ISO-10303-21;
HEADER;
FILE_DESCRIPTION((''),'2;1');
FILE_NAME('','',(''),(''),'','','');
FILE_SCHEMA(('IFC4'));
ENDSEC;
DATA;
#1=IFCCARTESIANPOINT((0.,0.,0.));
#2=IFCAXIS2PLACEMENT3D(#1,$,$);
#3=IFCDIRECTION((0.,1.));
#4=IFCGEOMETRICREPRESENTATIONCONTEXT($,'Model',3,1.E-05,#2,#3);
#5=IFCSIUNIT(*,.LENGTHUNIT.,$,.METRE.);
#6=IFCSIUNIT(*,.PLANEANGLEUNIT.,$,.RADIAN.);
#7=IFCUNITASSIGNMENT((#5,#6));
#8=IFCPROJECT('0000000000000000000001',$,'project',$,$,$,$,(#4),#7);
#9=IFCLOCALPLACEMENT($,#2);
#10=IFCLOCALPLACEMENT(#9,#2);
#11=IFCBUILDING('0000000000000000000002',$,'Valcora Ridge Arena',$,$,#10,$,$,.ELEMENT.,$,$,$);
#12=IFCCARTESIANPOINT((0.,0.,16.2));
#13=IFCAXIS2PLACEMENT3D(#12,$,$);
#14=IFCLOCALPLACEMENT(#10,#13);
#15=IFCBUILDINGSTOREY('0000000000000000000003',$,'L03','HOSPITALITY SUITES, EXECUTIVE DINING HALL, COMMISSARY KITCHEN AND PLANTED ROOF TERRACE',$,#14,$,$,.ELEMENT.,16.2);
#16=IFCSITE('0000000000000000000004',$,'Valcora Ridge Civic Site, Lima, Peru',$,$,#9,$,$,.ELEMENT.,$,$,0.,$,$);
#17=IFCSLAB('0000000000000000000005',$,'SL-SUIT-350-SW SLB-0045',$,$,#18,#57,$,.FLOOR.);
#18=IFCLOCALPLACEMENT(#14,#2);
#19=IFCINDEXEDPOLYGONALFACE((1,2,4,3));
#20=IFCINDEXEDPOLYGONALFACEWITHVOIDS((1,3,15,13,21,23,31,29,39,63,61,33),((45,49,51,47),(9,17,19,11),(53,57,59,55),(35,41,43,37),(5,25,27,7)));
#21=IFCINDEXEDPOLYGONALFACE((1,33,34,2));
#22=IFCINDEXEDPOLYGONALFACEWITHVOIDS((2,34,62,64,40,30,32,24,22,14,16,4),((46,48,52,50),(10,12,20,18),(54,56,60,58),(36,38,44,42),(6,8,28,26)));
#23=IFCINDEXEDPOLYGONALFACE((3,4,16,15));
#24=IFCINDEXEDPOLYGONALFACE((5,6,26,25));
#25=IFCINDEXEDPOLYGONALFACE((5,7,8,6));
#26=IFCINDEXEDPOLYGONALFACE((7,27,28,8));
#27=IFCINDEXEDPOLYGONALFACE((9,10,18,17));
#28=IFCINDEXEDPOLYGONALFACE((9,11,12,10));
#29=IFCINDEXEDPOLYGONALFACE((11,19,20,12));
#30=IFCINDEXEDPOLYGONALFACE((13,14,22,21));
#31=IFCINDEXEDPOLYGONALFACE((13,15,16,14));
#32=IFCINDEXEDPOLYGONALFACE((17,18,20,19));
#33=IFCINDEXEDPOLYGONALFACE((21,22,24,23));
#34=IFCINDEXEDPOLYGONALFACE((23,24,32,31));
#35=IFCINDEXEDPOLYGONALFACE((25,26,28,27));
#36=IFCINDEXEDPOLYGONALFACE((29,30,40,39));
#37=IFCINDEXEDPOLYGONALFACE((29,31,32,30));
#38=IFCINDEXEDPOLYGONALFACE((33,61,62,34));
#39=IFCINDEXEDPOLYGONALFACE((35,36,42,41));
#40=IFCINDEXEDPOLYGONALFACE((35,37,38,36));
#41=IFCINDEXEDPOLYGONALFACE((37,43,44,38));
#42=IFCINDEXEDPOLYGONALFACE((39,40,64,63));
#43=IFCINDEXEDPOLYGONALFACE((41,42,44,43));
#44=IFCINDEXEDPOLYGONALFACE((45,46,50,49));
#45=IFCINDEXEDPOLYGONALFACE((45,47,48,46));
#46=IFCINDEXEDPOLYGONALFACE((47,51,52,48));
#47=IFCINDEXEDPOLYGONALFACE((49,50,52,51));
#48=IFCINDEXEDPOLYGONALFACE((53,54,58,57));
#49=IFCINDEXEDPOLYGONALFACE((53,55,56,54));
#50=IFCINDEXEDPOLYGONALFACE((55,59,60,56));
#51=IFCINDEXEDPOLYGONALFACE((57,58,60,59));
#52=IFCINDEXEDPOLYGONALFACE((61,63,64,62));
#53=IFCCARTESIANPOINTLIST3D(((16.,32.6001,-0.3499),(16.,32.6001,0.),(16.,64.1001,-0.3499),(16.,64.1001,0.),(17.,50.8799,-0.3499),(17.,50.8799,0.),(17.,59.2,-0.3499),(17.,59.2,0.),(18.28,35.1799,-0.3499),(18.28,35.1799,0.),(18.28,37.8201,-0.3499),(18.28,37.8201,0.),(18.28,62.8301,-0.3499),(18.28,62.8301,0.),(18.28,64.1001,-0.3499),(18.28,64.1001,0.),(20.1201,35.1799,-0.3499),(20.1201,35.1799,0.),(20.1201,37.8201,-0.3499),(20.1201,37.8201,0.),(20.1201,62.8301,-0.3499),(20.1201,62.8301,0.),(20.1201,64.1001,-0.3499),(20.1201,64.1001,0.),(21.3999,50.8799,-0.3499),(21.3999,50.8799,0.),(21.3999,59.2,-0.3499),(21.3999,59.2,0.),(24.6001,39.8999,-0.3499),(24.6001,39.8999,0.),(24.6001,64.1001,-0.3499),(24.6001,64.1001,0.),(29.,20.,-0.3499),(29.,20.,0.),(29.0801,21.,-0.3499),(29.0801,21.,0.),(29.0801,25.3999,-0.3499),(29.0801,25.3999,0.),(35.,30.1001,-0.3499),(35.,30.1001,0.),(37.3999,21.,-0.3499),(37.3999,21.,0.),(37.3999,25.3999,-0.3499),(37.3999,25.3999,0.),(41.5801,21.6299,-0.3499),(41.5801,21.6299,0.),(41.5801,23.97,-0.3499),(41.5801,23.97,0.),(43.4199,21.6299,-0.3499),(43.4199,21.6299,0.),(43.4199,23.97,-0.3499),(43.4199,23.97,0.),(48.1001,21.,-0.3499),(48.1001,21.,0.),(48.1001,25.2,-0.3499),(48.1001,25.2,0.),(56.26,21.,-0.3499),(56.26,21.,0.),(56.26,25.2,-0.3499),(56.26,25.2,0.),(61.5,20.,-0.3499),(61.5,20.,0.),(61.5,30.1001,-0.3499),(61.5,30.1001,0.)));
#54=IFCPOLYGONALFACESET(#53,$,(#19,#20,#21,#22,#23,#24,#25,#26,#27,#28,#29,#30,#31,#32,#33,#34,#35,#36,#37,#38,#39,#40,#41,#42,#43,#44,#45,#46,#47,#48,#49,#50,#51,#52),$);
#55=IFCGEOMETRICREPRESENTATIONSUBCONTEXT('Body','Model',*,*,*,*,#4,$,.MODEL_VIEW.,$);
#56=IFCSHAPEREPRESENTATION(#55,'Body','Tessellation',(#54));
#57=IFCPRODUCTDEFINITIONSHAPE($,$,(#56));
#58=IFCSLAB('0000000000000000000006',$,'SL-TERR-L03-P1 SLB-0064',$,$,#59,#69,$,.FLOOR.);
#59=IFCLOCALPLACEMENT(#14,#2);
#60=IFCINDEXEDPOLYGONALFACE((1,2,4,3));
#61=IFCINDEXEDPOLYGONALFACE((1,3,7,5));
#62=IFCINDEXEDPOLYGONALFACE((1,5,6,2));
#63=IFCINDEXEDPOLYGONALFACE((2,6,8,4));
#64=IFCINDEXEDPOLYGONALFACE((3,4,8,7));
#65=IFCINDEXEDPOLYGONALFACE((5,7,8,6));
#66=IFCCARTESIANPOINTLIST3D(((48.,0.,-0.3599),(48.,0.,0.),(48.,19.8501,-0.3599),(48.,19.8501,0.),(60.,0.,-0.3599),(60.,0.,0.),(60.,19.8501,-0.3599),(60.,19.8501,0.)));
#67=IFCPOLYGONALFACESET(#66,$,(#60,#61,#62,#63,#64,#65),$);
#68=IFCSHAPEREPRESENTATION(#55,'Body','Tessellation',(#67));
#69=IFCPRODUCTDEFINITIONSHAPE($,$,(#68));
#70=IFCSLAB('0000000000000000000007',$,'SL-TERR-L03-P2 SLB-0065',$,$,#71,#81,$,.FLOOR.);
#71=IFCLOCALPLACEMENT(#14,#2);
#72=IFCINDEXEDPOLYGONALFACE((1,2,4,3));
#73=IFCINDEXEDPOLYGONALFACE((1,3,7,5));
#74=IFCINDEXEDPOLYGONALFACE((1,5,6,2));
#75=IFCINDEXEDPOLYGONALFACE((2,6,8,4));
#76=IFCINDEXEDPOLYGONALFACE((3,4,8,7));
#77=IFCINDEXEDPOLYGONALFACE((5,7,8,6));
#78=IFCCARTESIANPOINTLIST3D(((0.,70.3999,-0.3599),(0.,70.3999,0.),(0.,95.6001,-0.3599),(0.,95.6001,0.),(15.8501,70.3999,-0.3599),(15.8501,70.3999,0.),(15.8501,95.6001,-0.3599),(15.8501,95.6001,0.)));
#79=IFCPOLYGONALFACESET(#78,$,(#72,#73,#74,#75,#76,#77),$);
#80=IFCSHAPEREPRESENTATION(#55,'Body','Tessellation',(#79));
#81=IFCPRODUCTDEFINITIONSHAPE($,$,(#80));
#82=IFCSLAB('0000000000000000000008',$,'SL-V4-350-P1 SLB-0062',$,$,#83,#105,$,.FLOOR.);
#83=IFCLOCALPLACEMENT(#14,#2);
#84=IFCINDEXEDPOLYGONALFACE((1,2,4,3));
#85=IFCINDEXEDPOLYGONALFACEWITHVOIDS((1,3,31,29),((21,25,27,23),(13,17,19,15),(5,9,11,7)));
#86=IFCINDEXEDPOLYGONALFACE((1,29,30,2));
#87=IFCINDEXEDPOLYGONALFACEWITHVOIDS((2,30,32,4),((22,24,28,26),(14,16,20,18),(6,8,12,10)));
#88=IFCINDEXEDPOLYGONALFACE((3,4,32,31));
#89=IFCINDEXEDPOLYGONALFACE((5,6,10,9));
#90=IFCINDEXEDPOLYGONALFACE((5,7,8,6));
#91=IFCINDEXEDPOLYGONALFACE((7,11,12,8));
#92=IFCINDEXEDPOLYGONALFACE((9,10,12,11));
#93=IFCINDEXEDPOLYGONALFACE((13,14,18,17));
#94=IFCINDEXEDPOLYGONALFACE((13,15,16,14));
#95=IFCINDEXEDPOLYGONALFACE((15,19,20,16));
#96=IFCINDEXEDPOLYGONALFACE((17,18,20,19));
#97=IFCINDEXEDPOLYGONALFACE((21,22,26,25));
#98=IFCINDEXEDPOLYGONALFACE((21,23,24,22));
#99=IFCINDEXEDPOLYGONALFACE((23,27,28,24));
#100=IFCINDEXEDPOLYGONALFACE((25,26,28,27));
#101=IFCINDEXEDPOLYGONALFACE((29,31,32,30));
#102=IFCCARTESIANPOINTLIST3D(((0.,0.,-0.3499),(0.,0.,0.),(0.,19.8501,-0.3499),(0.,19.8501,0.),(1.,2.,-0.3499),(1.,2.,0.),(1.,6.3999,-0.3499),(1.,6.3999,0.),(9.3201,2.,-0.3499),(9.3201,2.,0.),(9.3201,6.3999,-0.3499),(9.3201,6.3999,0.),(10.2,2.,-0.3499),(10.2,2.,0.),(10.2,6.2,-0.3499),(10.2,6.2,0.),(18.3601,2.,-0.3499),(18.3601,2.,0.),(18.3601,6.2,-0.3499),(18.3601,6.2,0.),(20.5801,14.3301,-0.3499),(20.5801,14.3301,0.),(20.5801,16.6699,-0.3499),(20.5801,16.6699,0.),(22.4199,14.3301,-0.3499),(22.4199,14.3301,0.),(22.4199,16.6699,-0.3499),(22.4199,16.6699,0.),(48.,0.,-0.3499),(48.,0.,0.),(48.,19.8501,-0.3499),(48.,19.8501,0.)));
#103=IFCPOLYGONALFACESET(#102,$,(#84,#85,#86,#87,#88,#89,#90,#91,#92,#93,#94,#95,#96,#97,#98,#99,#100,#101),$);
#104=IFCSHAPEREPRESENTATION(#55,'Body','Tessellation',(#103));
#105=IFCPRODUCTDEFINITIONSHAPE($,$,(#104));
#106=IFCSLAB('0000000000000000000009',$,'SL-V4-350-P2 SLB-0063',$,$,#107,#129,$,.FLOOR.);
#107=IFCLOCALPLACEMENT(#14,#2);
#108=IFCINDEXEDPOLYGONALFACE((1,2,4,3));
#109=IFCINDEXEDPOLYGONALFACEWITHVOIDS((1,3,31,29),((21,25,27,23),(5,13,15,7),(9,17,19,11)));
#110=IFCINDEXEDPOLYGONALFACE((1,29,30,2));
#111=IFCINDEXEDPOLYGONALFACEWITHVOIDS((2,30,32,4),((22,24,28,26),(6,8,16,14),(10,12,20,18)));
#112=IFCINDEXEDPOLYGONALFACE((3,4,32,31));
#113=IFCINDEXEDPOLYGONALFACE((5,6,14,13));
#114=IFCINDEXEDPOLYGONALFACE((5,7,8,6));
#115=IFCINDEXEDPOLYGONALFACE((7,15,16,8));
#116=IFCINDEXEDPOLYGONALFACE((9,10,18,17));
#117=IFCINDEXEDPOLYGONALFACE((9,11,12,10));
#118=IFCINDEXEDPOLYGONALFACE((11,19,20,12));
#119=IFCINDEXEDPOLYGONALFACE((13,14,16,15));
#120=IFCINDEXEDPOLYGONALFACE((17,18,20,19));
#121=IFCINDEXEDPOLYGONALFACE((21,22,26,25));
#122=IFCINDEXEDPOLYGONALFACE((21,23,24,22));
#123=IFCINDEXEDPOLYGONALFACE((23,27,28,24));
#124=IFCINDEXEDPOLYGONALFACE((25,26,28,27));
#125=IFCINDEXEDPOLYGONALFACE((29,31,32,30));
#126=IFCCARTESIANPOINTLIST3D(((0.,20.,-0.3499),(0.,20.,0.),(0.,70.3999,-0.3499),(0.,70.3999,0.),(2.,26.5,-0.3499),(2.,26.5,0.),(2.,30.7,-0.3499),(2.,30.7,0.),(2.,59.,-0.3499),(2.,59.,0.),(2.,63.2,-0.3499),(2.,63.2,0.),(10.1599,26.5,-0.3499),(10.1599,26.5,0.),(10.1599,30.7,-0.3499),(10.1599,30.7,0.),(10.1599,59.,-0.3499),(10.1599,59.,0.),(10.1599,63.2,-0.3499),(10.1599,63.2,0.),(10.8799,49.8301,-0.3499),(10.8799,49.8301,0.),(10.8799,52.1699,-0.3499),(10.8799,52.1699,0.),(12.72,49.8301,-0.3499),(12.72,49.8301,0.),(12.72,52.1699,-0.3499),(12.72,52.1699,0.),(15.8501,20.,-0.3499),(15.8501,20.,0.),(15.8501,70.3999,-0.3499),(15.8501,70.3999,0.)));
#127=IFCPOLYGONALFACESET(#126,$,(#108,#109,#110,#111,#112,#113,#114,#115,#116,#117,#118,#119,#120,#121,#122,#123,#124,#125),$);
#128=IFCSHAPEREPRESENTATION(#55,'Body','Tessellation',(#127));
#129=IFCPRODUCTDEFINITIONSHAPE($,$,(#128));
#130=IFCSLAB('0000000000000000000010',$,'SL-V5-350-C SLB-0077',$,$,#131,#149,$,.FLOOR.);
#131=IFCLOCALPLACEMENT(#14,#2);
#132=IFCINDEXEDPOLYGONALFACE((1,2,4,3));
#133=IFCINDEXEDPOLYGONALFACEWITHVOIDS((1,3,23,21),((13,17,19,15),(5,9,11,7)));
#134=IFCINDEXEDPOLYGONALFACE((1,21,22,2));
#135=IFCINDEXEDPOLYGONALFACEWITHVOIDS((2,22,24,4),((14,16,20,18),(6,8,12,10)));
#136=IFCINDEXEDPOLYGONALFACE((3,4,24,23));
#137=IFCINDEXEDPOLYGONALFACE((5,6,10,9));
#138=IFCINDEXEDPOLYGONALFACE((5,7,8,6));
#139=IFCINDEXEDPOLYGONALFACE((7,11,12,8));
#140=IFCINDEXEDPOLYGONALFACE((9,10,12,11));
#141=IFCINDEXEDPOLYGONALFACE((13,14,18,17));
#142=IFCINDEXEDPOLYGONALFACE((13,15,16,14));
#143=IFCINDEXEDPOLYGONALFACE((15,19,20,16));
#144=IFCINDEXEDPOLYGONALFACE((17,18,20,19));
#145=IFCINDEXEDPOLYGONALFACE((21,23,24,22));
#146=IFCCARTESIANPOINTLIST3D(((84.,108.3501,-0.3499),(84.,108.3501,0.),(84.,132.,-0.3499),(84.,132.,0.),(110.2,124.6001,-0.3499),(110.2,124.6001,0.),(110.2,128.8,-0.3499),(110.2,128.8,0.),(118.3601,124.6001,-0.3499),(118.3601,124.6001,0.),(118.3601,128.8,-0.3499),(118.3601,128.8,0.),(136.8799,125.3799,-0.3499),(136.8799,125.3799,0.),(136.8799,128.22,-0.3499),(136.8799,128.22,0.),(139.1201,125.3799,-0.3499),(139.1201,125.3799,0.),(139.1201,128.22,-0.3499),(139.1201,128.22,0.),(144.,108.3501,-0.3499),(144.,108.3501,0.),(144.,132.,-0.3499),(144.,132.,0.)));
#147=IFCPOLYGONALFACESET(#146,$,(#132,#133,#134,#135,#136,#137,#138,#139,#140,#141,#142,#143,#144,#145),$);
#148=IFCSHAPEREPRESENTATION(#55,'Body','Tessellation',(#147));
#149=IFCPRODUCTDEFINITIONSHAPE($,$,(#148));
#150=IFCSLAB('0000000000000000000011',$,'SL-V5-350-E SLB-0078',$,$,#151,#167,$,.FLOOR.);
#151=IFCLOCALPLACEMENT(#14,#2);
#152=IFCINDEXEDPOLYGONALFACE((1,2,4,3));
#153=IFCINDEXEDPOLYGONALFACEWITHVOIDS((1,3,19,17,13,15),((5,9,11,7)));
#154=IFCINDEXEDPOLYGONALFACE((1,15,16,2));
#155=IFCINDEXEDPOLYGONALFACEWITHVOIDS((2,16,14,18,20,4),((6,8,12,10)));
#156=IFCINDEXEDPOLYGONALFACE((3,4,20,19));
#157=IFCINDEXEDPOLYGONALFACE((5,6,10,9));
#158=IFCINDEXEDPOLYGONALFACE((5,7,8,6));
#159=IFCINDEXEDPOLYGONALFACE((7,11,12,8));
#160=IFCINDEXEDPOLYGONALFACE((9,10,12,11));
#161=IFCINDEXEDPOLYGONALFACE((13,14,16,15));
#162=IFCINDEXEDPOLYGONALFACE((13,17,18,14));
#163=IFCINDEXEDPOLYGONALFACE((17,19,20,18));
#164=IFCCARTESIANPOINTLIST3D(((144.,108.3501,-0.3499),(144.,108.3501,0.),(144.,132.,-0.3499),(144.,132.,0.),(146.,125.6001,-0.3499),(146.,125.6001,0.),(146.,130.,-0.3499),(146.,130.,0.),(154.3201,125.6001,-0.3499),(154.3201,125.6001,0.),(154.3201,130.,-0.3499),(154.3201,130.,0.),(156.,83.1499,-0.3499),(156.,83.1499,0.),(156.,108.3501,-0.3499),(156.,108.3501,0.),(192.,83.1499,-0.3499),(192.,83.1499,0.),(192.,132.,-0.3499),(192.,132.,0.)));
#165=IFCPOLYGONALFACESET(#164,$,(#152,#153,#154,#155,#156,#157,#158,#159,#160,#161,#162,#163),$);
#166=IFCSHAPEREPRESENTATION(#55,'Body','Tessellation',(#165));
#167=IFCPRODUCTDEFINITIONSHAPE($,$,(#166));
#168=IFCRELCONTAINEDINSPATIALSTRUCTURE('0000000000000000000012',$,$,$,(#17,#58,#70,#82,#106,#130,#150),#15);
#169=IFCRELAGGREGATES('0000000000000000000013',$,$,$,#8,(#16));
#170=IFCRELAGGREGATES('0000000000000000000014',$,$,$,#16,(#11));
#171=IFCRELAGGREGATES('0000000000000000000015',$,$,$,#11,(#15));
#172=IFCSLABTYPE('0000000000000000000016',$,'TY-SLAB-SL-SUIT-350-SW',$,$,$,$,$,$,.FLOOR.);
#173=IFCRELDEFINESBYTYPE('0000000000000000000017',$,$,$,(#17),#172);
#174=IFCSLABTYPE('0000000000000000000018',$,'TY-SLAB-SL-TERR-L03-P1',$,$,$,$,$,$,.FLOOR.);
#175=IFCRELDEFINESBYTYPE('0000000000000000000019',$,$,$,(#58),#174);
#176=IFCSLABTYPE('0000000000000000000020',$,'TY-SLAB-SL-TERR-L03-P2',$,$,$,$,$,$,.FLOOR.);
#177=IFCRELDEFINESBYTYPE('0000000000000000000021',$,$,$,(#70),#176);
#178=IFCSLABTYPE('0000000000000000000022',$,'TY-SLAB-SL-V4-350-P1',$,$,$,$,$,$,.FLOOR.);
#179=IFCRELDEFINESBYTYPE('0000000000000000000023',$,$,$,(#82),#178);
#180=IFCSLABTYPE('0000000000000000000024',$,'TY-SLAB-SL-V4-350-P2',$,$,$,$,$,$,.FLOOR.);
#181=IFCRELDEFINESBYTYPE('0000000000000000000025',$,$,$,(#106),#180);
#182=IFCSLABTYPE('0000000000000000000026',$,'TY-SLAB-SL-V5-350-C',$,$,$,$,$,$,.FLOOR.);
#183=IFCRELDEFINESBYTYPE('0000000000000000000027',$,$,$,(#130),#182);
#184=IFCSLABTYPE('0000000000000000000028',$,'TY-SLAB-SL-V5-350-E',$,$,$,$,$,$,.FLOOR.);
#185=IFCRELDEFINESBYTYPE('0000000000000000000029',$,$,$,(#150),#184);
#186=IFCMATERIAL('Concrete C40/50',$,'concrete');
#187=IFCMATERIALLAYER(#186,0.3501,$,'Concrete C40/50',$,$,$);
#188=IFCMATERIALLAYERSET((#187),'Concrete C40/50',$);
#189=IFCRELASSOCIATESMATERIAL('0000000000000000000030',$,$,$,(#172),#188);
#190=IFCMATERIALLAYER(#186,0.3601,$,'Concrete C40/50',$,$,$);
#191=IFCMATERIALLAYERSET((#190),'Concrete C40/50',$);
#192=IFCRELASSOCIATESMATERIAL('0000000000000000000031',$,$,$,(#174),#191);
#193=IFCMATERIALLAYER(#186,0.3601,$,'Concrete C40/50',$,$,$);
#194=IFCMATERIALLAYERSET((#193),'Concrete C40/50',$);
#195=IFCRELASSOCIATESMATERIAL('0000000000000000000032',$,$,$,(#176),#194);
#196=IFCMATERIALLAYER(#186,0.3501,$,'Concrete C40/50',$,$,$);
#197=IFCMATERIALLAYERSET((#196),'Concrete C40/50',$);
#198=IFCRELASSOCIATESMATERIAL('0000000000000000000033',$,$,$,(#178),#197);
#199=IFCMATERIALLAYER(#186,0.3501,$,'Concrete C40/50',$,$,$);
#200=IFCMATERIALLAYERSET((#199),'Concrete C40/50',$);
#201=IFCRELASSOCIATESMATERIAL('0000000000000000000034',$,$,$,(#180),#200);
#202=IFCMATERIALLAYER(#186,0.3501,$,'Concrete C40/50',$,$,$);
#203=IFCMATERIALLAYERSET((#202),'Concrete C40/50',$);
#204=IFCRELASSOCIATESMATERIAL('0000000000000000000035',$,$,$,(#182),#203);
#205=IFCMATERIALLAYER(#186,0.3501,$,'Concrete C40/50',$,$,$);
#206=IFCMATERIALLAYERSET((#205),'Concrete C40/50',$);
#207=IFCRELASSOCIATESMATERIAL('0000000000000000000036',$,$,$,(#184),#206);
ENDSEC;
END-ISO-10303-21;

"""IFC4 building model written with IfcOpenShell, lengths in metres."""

from ifc_helpers import new_model, si_unit, direction, frame, origin, place, context, subcontext, project, spatial, polyline, outline, extrude, material, layer, layer_set, type_object, element, save


model = new_model("IFC4")

# Units and contexts
model_context = context("Model", 3, precision=1e-05, world=origin(), true_north=direction((0.0, 1.0)))
body_context = subcontext(model_context, "Body", "Model", "MODEL_VIEW")
ifc_project = project(units=[si_unit("LENGTHUNIT", "METRE"), si_unit("PLANEANGLEUNIT", "RADIAN")], contexts=[model_context])

# Site, building, storey
site_placement = place(None, origin())
site = spatial("IfcSite", under=ifc_project, at=site_placement, Name="Valcora Ridge Civic Site, Lima, Peru", CompositionType="ELEMENT", RefElevation=0.0)
building_placement = place(site_placement, origin())
building = spatial("IfcBuilding", under=site, at=building_placement, Name="Valcora Ridge Arena", CompositionType="ELEMENT")
storey_placement = place(building_placement, frame((0.0, 0.0, 16.2)))
storey = spatial("IfcBuildingStorey", under=building, at=storey_placement, Name="L03", Description="HOSPITALITY SUITES, EXECUTIVE DINING HALL, COMMISSARY KITCHEN AND PLANTED ROOF TERRACE", CompositionType="ELEMENT", Elevation=16.2)

# Shared definitions
ifc_material_1 = material(Name="Concrete C40/50", Category="concrete")

# Slabs
ifc_layer_1 = layer(ifc_material_1, 0.3501, Name="Concrete C40/50")
ifc_layer_set_1 = layer_set([ifc_layer_1], Name="Concrete C40/50")
slab_type_1 = type_object("IfcSlabType", Name="TY-SLAB-SL-SUIT-350-SW", PredefinedType="FLOOR", material=ifc_layer_set_1)
slab_1_placement = place(storey_placement, frame((0.0, 0.0, -0.3499)))
element("IfcSlab", 1, at=slab_1_placement, inside=storey, type_object=slab_type_1, Name="SL-SUIT-350-SW SLB-0045", PredefinedType="FLOOR", context=body_context, shape_type="SweptSolid", body=[
    extrude(outline(polyline([(16.0, 64.1001), (16.0, 32.6001), (29.0, 20.0), (61.5, 20.0), (61.5, 30.1001), (35.0, 30.1001), (24.6001, 39.8999), (24.6001, 64.1001), (20.1201, 64.1001), (20.1201, 62.8301), (18.28, 62.8301), (18.28, 64.1001), (16.0, 64.1001)]), holes=[polyline([(48.1001, 21.0), (56.26, 21.0), (56.26, 25.2), (48.1001, 25.2), (48.1001, 21.0)]), polyline([(29.0801, 21.0), (37.3999, 21.0), (37.3999, 25.3999), (29.0801, 25.3999), (29.0801, 21.0)]), polyline([(17.0, 50.8799), (21.3999, 50.8799), (21.3999, 59.2), (17.0, 59.2), (17.0, 50.8799)]), polyline([(41.5801, 23.97), (41.5801, 21.6299), (43.4199, 21.6299), (43.4199, 23.97), (41.5801, 23.97)]), polyline([(18.28, 37.8201), (18.28, 35.1799), (20.1201, 35.1799), (20.1201, 37.8201), (18.28, 37.8201)])]), origin(), (0.0, 0.0, 1.0), 0.3499),
])
ifc_layer_2 = layer(ifc_material_1, 0.3601, Name="Concrete C40/50")
ifc_layer_set_2 = layer_set([ifc_layer_2], Name="Concrete C40/50")
slab_type_2 = type_object("IfcSlabType", Name="TY-SLAB-SL-TERR-L03-P1", PredefinedType="FLOOR", material=ifc_layer_set_2)
slab_2_placement = place(storey_placement, frame((0.0, 0.0, -0.3599)))
element("IfcSlab", 2, at=slab_2_placement, inside=storey, type_object=slab_type_2, Name="SL-TERR-L03-P1 SLB-0064", PredefinedType="FLOOR", context=body_context, shape_type="SweptSolid", body=[
    extrude(outline(polyline([(60.0, 19.8501), (48.0, 19.8501), (48.0, 0.0), (60.0, 0.0), (60.0, 19.8501)])), origin(), (0.0, 0.0, 1.0), 0.3599),
])
ifc_layer_3 = layer(ifc_material_1, 0.3601, Name="Concrete C40/50")
ifc_layer_set_3 = layer_set([ifc_layer_3], Name="Concrete C40/50")
slab_type_3 = type_object("IfcSlabType", Name="TY-SLAB-SL-TERR-L03-P2", PredefinedType="FLOOR", material=ifc_layer_set_3)
slab_3_placement = place(storey_placement, frame((0.0, 0.0, -0.3599)))
element("IfcSlab", 3, at=slab_3_placement, inside=storey, type_object=slab_type_3, Name="SL-TERR-L03-P2 SLB-0065", PredefinedType="FLOOR", context=body_context, shape_type="SweptSolid", body=[
    extrude(outline(polyline([(0.0, 95.6001), (0.0, 70.3999), (15.8501, 70.3999), (15.8501, 95.6001), (0.0, 95.6001)])), origin(), (0.0, 0.0, 1.0), 0.3599),
])
ifc_layer_4 = layer(ifc_material_1, 0.3501, Name="Concrete C40/50")
ifc_layer_set_4 = layer_set([ifc_layer_4], Name="Concrete C40/50")
slab_type_4 = type_object("IfcSlabType", Name="TY-SLAB-SL-V4-350-P1", PredefinedType="FLOOR", material=ifc_layer_set_4)
slab_4_placement = place(storey_placement, frame((0.0, 0.0, -0.3499)))
element("IfcSlab", 4, at=slab_4_placement, inside=storey, type_object=slab_type_4, Name="SL-V4-350-P1 SLB-0062", PredefinedType="FLOOR", context=body_context, shape_type="SweptSolid", body=[
    extrude(outline(polyline([(0.0, 19.8501), (0.0, 0.0), (48.0, 0.0), (48.0, 19.8501), (0.0, 19.8501)]), holes=[polyline([(10.2, 6.2), (10.2, 2.0), (18.3601, 2.0), (18.3601, 6.2), (10.2, 6.2)]), polyline([(1.0, 6.3999), (1.0, 2.0), (9.3201, 2.0), (9.3201, 6.3999), (1.0, 6.3999)]), polyline([(20.5801, 16.6699), (20.5801, 14.3301), (22.4199, 14.3301), (22.4199, 16.6699), (20.5801, 16.6699)])]), origin(), (0.0, 0.0, 1.0), 0.3499),
])
ifc_layer_5 = layer(ifc_material_1, 0.3501, Name="Concrete C40/50")
ifc_layer_set_5 = layer_set([ifc_layer_5], Name="Concrete C40/50")
slab_type_5 = type_object("IfcSlabType", Name="TY-SLAB-SL-V4-350-P2", PredefinedType="FLOOR", material=ifc_layer_set_5)
slab_5_placement = place(storey_placement, frame((0.0, 0.0, -0.3499)))
element("IfcSlab", 5, at=slab_5_placement, inside=storey, type_object=slab_type_5, Name="SL-V4-350-P2 SLB-0063", PredefinedType="FLOOR", context=body_context, shape_type="SweptSolid", body=[
    extrude(outline(polyline([(0.0, 70.3999), (0.0, 20.0), (15.8501, 20.0), (15.8501, 70.3999), (0.0, 70.3999)]), holes=[polyline([(2.0, 30.7), (2.0, 26.5), (10.1599, 26.5), (10.1599, 30.7), (2.0, 30.7)]), polyline([(2.0, 63.2), (2.0, 59.0), (10.1599, 59.0), (10.1599, 63.2), (2.0, 63.2)]), polyline([(12.72, 52.1699), (10.8799, 52.1699), (10.8799, 49.8301), (12.72, 49.8301), (12.72, 52.1699)])]), origin(), (0.0, 0.0, 1.0), 0.3499),
])
ifc_layer_6 = layer(ifc_material_1, 0.3501, Name="Concrete C40/50")
ifc_layer_set_6 = layer_set([ifc_layer_6], Name="Concrete C40/50")
slab_type_6 = type_object("IfcSlabType", Name="TY-SLAB-SL-V5-350-C", PredefinedType="FLOOR", material=ifc_layer_set_6)
slab_6_placement = place(storey_placement, frame((0.0, 0.0, -0.3499)))
element("IfcSlab", 6, at=slab_6_placement, inside=storey, type_object=slab_type_6, Name="SL-V5-350-C SLB-0077", PredefinedType="FLOOR", context=body_context, shape_type="SweptSolid", body=[
    extrude(outline(polyline([(84.0, 132.0), (84.0, 108.3501), (144.0, 108.3501), (144.0, 132.0), (84.0, 132.0)]), holes=[polyline([(118.3601, 128.8), (110.2, 128.8), (110.2, 124.6001), (118.3601, 124.6001), (118.3601, 128.8)]), polyline([(139.1201, 128.22), (136.8799, 128.22), (136.8799, 125.3799), (139.1201, 125.3799), (139.1201, 128.22)])]), origin(), (0.0, 0.0, 1.0), 0.3499),
])
ifc_layer_7 = layer(ifc_material_1, 0.3501, Name="Concrete C40/50")
ifc_layer_set_7 = layer_set([ifc_layer_7], Name="Concrete C40/50")
slab_type_7 = type_object("IfcSlabType", Name="TY-SLAB-SL-V5-350-E", PredefinedType="FLOOR", material=ifc_layer_set_7)
slab_7_placement = place(storey_placement, frame((0.0, 0.0, -0.3499)))
element("IfcSlab", 7, at=slab_7_placement, inside=storey, type_object=slab_type_7, Name="SL-V5-350-E SLB-0078", PredefinedType="FLOOR", context=body_context, shape_type="SweptSolid", body=[
    extrude(outline(polyline([(156.0, 108.3501), (156.0, 83.1499), (192.0, 83.1499), (192.0, 132.0), (144.0, 132.0), (144.0, 108.3501), (156.0, 108.3501)]), holes=[polyline([(154.3201, 130.0), (146.0, 130.0), (146.0, 125.6001), (154.3201, 125.6001), (154.3201, 130.0)])]), origin(), (0.0, 0.0, 1.0), 0.3499),
])

save(model, "model.ifc")
